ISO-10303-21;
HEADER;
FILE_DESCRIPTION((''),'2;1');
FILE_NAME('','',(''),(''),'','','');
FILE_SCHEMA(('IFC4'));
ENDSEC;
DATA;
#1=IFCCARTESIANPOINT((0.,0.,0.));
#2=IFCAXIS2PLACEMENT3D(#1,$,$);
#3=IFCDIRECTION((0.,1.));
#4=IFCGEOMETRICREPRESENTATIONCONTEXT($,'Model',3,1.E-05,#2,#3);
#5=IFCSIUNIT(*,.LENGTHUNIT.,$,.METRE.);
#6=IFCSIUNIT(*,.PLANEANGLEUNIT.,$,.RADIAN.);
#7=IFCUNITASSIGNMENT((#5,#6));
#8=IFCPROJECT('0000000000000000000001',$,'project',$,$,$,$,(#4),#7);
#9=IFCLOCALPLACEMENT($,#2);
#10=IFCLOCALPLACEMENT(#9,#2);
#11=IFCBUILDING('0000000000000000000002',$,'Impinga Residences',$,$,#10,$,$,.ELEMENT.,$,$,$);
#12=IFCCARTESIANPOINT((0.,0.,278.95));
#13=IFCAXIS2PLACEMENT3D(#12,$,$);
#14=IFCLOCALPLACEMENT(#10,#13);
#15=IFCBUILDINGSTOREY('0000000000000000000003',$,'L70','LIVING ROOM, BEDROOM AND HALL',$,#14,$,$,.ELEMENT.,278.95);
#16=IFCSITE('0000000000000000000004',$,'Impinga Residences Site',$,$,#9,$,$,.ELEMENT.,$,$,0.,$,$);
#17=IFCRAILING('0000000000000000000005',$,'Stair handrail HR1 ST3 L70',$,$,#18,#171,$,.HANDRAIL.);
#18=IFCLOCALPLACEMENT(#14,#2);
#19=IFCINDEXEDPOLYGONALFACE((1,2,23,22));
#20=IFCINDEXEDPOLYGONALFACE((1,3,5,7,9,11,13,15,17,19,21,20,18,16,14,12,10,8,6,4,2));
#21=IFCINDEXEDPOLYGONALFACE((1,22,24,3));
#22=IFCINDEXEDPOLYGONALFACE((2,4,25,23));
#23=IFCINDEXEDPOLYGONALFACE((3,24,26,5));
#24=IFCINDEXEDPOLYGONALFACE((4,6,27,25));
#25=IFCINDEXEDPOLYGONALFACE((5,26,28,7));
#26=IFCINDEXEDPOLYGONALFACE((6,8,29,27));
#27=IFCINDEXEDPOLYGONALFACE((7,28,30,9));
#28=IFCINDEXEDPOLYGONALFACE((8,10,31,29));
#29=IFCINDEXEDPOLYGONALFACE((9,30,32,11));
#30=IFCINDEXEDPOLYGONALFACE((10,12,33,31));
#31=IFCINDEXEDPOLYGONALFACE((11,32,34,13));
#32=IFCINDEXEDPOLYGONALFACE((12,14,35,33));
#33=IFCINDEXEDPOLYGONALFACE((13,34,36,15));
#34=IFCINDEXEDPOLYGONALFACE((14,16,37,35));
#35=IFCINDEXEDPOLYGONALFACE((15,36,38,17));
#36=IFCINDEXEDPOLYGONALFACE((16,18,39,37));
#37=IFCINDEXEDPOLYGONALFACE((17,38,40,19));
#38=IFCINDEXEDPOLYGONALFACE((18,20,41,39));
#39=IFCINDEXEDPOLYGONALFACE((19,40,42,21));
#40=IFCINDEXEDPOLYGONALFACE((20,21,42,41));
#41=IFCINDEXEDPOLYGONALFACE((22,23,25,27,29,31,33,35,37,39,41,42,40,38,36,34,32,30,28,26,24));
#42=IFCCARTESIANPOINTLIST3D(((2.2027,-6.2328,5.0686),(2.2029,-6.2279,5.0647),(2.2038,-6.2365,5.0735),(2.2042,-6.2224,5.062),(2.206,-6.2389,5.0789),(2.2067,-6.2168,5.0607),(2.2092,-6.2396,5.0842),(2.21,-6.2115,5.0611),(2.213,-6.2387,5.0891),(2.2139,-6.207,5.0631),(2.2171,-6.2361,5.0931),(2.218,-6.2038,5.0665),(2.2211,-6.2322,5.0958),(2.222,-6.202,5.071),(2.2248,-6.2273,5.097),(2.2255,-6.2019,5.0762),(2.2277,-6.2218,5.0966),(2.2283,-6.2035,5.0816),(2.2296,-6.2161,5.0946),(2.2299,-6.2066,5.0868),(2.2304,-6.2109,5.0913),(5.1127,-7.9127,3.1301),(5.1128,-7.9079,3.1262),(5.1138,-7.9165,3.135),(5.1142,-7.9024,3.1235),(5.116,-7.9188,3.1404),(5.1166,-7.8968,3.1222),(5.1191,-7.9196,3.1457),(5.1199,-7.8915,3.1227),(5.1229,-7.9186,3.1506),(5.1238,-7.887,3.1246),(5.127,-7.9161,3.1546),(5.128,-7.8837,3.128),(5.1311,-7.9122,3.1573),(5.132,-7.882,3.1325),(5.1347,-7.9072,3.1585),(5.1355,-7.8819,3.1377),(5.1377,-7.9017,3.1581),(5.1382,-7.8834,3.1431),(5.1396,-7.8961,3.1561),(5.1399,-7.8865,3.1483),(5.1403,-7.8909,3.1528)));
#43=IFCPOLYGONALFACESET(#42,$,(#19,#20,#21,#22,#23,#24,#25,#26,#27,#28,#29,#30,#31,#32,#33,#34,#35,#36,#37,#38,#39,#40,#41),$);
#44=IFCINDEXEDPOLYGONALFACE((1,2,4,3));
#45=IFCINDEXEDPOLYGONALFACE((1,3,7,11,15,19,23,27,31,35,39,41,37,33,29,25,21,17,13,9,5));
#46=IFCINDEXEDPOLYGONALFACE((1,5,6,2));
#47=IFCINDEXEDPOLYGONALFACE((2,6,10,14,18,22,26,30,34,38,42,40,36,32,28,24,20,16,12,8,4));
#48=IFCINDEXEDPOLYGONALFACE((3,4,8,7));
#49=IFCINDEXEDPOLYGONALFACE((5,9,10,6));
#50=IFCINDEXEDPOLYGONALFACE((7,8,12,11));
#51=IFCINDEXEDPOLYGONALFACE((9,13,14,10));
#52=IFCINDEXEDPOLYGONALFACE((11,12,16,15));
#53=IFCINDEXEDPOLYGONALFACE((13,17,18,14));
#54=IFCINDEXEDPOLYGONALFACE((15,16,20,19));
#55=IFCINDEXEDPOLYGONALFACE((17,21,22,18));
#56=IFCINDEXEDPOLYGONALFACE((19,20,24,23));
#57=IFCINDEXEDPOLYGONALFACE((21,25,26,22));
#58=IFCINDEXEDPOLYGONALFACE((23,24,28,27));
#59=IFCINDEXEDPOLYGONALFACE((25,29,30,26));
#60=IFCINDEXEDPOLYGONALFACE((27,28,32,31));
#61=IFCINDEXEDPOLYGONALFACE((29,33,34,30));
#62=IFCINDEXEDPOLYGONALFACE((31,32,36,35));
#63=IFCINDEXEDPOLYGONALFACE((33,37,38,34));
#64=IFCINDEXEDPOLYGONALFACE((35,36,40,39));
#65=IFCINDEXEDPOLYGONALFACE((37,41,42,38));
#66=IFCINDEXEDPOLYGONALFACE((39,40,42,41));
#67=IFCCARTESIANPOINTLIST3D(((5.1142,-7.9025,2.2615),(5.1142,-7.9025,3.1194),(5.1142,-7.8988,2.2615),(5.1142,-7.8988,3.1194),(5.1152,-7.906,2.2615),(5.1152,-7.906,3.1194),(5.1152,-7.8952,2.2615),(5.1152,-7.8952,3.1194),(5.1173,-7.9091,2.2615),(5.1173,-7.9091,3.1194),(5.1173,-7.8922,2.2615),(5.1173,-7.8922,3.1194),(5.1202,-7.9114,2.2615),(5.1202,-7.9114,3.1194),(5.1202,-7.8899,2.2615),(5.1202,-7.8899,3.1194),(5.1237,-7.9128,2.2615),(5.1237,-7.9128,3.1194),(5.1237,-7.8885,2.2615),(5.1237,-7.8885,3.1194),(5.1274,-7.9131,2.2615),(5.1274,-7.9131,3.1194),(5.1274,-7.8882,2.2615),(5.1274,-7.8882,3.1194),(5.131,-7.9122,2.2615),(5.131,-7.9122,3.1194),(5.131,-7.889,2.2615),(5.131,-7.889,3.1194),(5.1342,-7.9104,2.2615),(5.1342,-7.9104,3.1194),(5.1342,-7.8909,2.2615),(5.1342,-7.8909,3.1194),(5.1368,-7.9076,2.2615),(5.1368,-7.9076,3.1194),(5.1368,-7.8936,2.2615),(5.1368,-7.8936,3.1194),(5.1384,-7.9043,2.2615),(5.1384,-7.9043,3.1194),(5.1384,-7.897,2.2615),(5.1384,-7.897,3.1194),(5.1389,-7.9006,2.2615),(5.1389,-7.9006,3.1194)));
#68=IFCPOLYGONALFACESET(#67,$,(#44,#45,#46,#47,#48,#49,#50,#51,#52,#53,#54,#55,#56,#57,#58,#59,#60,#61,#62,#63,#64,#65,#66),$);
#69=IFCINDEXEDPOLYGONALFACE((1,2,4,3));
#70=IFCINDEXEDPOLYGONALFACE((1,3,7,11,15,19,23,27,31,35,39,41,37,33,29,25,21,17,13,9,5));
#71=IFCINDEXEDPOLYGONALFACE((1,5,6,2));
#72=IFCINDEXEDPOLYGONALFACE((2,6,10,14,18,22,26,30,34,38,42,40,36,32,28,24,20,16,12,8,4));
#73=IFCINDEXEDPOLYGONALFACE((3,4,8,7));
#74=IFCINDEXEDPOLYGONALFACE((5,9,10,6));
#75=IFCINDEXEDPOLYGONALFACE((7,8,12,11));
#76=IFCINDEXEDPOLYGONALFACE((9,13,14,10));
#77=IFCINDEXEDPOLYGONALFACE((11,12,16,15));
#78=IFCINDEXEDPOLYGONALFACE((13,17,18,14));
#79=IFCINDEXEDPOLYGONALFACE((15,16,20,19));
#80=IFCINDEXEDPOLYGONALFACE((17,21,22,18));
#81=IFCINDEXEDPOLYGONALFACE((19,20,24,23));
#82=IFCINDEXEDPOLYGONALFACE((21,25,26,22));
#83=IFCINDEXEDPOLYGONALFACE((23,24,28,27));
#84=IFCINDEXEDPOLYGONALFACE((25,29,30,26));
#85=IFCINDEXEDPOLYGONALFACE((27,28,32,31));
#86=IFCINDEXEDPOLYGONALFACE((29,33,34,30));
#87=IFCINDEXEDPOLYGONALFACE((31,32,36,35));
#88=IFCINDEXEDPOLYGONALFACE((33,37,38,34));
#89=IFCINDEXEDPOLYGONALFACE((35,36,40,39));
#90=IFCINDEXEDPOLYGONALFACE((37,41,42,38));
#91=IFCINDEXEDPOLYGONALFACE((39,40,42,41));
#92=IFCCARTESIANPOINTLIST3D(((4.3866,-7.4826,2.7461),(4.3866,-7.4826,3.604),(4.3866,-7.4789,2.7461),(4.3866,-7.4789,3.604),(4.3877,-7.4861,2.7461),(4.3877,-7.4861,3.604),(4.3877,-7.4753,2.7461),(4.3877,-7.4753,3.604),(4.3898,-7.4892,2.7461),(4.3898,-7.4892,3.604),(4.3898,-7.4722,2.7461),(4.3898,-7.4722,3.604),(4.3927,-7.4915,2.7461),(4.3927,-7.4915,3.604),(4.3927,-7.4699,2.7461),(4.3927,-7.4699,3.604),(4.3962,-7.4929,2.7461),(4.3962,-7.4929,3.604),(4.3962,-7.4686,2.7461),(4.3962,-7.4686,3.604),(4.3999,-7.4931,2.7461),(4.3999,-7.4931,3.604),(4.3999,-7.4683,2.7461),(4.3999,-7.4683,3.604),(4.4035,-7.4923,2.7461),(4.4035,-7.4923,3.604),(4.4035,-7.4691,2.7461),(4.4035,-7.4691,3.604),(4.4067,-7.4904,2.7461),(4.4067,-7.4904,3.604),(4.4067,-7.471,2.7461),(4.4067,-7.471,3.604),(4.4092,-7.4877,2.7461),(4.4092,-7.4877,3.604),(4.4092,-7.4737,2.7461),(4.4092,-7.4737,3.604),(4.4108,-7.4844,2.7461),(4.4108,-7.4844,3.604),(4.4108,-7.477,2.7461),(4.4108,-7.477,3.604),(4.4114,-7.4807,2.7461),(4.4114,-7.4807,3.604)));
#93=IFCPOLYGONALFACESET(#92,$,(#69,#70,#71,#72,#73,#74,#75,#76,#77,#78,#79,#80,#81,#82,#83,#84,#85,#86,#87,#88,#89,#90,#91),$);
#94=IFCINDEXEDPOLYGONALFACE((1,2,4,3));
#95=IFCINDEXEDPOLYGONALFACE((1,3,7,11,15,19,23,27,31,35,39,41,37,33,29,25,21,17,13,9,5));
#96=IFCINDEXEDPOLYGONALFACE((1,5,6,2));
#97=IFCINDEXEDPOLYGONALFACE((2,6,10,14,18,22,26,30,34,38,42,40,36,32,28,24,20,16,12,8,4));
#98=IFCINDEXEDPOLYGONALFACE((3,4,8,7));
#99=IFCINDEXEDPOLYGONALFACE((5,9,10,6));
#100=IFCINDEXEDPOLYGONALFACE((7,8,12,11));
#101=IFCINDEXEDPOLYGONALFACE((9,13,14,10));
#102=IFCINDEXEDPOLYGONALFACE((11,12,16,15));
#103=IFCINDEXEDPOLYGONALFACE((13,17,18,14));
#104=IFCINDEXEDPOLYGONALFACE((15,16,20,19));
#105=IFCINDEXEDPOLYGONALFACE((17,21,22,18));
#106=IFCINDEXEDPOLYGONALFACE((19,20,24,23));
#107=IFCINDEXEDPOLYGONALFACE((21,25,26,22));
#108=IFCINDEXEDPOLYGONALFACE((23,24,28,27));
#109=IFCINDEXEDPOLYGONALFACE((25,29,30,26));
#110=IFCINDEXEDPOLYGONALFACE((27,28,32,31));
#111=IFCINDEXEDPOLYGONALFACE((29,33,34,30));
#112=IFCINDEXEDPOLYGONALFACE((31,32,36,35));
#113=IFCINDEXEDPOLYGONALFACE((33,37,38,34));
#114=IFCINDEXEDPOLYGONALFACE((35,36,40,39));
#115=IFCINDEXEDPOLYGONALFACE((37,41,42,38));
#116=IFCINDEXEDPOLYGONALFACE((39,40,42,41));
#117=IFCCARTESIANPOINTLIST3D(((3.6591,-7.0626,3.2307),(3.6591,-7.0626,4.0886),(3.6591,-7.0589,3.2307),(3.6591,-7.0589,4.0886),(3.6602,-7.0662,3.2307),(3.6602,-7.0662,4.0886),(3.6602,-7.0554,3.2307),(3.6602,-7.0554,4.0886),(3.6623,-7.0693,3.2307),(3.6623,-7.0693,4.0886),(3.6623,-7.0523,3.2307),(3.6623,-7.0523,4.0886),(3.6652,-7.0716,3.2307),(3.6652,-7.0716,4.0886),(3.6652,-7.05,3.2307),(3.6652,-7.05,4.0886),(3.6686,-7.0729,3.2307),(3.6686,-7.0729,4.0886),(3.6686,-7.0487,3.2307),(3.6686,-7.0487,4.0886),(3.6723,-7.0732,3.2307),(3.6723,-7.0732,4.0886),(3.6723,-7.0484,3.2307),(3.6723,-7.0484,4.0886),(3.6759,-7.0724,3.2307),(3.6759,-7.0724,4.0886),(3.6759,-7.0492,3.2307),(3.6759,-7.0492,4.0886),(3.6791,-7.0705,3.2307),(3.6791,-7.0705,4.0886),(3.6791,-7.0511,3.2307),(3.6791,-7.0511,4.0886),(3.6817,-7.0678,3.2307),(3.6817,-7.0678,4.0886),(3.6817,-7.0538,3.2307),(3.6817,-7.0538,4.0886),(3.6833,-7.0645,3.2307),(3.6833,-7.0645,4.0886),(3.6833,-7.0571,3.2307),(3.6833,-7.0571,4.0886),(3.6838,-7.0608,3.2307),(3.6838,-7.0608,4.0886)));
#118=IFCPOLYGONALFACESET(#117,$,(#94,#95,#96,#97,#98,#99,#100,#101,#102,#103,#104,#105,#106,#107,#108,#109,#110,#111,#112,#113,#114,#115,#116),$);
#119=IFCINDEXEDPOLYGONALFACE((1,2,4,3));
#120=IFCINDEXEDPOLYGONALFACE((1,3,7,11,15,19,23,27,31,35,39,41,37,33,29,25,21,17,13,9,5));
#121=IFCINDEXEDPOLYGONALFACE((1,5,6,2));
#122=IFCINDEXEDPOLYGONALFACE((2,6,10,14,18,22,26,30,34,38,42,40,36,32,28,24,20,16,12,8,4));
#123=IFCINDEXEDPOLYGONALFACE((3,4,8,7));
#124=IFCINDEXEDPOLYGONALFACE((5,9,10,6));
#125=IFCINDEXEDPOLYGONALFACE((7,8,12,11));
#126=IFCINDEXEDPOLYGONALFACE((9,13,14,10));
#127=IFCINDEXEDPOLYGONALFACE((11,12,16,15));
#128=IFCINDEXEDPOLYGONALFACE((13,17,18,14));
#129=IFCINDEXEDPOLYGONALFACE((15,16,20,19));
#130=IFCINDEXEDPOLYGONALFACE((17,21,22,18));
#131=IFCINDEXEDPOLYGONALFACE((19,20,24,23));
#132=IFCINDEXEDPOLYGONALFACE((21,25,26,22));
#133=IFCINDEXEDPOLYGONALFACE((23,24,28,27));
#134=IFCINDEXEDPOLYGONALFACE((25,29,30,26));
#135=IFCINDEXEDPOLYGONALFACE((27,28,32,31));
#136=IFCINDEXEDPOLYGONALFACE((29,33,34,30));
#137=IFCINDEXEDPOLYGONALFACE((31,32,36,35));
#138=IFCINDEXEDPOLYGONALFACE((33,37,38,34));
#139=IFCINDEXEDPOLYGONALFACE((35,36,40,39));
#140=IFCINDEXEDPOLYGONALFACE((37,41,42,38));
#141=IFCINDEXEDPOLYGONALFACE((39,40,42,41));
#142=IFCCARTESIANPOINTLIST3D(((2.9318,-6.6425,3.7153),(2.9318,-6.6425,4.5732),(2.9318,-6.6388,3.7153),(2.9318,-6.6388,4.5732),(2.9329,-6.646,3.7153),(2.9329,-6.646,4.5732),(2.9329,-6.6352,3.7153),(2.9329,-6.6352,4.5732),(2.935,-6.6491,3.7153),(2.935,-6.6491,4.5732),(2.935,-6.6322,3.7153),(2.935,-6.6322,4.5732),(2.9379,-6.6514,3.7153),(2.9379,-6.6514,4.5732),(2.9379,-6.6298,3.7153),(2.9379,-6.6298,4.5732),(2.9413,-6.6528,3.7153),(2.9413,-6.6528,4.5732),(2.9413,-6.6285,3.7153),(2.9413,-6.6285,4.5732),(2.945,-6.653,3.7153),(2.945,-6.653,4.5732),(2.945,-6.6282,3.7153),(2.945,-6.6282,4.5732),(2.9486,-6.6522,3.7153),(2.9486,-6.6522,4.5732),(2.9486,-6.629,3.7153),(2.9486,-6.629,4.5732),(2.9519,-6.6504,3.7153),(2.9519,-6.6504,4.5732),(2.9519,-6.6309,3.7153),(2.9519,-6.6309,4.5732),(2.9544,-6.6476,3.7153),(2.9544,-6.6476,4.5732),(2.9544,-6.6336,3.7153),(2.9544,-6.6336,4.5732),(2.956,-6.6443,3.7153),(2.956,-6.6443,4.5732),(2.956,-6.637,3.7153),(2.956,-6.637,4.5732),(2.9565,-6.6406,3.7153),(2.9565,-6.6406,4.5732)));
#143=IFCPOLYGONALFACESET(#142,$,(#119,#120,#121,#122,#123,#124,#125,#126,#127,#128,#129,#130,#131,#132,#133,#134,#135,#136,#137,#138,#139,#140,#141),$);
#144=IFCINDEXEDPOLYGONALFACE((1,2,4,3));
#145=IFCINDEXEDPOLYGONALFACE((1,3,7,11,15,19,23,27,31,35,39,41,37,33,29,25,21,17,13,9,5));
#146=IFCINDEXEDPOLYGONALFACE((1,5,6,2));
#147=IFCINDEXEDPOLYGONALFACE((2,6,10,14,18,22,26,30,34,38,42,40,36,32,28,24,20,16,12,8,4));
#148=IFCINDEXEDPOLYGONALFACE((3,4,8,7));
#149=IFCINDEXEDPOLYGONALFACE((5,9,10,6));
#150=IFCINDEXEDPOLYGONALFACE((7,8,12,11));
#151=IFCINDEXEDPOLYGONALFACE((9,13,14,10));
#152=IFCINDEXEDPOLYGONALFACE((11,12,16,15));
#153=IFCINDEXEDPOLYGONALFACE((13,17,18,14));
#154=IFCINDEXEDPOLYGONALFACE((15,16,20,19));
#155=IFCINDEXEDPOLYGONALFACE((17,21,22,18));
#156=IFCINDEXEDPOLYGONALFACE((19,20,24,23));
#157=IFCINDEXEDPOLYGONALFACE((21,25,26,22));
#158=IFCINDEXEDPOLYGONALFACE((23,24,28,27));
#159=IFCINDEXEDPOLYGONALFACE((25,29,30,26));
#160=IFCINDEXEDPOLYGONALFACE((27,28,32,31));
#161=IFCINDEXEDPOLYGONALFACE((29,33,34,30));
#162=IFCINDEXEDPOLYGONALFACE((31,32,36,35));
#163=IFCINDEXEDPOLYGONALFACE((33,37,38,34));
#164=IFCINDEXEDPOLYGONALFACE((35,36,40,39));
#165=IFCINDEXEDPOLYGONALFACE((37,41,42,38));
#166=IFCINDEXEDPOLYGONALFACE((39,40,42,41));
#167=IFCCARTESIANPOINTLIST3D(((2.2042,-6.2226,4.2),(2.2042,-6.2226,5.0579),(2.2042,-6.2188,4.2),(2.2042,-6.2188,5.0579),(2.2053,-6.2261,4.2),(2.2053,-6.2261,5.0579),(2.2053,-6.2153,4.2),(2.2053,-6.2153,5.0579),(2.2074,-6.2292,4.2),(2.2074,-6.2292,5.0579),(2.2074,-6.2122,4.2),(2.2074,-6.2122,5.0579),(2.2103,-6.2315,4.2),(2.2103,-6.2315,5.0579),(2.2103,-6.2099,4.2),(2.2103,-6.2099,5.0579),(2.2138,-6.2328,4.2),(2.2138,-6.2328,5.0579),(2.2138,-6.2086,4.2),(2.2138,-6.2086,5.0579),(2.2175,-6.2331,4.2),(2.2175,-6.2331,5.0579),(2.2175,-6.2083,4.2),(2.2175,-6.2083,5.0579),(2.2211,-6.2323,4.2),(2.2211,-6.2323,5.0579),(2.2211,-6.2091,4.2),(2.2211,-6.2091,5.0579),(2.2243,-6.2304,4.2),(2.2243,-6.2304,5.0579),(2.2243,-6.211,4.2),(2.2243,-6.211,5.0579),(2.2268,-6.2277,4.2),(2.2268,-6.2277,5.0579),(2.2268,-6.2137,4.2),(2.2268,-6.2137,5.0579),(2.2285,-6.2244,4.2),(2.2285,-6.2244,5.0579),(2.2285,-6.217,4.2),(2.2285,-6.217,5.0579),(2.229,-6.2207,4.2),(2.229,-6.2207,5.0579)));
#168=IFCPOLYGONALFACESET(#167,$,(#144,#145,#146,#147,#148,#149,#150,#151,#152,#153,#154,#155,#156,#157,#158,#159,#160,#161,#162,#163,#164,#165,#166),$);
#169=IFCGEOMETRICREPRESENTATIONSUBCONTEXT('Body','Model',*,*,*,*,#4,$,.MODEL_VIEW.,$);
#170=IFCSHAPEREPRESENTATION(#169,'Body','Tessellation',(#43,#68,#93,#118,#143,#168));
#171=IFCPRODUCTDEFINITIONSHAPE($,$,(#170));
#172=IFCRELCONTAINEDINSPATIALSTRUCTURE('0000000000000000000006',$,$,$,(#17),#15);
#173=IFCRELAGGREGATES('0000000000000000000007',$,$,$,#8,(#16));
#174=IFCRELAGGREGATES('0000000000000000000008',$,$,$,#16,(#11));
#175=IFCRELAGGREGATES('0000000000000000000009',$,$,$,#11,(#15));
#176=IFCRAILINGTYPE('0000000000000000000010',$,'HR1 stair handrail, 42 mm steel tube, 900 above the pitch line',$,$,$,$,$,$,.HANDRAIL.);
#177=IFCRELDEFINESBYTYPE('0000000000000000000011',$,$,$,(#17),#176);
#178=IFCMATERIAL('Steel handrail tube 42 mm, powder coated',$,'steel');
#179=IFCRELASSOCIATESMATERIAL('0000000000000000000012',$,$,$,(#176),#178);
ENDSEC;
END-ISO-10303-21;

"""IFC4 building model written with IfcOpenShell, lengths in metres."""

from ifc_helpers import new_model, si_unit, direction, frame, origin, origin_2d, place, context, subcontext, project, spatial, circle, extrude, material, type_object, element, save


model = new_model("IFC4")

# Units and contexts
model_context = context("Model", 3, precision=1e-05, world=origin(), true_north=direction((0.0, 1.0)))
body_context = subcontext(model_context, "Body", "Model", "MODEL_VIEW")
ifc_project = project(units=[si_unit("LENGTHUNIT", "METRE"), si_unit("PLANEANGLEUNIT", "RADIAN")], contexts=[model_context])

# Site, building, storey
site_placement = place(None, origin())
site = spatial("IfcSite", under=ifc_project, at=site_placement, Name="Impinga Residences Site", CompositionType="ELEMENT", RefElevation=0.0)
building_placement = place(site_placement, origin())
building = spatial("IfcBuilding", under=site, at=building_placement, Name="Impinga Residences", CompositionType="ELEMENT")
storey_placement = place(building_placement, frame((0.0, 0.0, 278.95)))
storey = spatial("IfcBuildingStorey", under=building, at=storey_placement, Name="L70", Description="LIVING ROOM, BEDROOM AND HALL", CompositionType="ELEMENT", Elevation=278.95)

# Railing
ifc_material_1 = material(Name="Steel handrail tube 42 mm, powder coated", Category="steel")
railing_type_1 = type_object("IfcRailingType", Name="HR1 stair handrail, 42 mm steel tube, 900 above the pitch line", PredefinedType="HANDRAIL", material=ifc_material_1)
railing_1_placement = place(storey_placement, frame((5.1265, -7.9006, 2.2615)))
element("IfcRailing", 1, at=railing_1_placement, inside=storey, type_object=railing_type_1, Name="Stair handrail HR1 ST3 L70", PredefinedType="HANDRAIL", context=body_context, shape_type="SweptSolid", body=[
    extrude(circle(Radius=0.021, at=origin_2d()), frame((0.0, 0.0, 0.8789), z_axis=(-0.750151, 0.433072, 0.499723), x_axis=(-0.499976, -0.866039, 0.0)), (0.0, 0.0, 1.0), 3.8792),
    extrude(circle(Radius=0.0125, at=origin_2d()), origin(), (0.0, 0.0, 1.0), 0.8579),
    extrude(circle(Radius=0.0125, at=origin_2d()), frame((-0.7275, 0.4199, 0.4846)), (0.0, 0.0, 1.0), 0.8579),
    extrude(circle(Radius=0.0125, at=origin_2d()), frame((-1.4551, 0.8398, 0.9692)), (0.0, 0.0, 1.0), 0.8579),
    extrude(circle(Radius=0.0125, at=origin_2d()), frame((-2.1824, 1.26, 1.4539)), (0.0, 0.0, 1.0), 0.8579),
    extrude(circle(Radius=0.0125, at=origin_2d()), frame((-2.9099, 1.6799, 1.9385)), (0.0, 0.0, 1.0), 0.8579),
])

save(model, "model.ifc")
